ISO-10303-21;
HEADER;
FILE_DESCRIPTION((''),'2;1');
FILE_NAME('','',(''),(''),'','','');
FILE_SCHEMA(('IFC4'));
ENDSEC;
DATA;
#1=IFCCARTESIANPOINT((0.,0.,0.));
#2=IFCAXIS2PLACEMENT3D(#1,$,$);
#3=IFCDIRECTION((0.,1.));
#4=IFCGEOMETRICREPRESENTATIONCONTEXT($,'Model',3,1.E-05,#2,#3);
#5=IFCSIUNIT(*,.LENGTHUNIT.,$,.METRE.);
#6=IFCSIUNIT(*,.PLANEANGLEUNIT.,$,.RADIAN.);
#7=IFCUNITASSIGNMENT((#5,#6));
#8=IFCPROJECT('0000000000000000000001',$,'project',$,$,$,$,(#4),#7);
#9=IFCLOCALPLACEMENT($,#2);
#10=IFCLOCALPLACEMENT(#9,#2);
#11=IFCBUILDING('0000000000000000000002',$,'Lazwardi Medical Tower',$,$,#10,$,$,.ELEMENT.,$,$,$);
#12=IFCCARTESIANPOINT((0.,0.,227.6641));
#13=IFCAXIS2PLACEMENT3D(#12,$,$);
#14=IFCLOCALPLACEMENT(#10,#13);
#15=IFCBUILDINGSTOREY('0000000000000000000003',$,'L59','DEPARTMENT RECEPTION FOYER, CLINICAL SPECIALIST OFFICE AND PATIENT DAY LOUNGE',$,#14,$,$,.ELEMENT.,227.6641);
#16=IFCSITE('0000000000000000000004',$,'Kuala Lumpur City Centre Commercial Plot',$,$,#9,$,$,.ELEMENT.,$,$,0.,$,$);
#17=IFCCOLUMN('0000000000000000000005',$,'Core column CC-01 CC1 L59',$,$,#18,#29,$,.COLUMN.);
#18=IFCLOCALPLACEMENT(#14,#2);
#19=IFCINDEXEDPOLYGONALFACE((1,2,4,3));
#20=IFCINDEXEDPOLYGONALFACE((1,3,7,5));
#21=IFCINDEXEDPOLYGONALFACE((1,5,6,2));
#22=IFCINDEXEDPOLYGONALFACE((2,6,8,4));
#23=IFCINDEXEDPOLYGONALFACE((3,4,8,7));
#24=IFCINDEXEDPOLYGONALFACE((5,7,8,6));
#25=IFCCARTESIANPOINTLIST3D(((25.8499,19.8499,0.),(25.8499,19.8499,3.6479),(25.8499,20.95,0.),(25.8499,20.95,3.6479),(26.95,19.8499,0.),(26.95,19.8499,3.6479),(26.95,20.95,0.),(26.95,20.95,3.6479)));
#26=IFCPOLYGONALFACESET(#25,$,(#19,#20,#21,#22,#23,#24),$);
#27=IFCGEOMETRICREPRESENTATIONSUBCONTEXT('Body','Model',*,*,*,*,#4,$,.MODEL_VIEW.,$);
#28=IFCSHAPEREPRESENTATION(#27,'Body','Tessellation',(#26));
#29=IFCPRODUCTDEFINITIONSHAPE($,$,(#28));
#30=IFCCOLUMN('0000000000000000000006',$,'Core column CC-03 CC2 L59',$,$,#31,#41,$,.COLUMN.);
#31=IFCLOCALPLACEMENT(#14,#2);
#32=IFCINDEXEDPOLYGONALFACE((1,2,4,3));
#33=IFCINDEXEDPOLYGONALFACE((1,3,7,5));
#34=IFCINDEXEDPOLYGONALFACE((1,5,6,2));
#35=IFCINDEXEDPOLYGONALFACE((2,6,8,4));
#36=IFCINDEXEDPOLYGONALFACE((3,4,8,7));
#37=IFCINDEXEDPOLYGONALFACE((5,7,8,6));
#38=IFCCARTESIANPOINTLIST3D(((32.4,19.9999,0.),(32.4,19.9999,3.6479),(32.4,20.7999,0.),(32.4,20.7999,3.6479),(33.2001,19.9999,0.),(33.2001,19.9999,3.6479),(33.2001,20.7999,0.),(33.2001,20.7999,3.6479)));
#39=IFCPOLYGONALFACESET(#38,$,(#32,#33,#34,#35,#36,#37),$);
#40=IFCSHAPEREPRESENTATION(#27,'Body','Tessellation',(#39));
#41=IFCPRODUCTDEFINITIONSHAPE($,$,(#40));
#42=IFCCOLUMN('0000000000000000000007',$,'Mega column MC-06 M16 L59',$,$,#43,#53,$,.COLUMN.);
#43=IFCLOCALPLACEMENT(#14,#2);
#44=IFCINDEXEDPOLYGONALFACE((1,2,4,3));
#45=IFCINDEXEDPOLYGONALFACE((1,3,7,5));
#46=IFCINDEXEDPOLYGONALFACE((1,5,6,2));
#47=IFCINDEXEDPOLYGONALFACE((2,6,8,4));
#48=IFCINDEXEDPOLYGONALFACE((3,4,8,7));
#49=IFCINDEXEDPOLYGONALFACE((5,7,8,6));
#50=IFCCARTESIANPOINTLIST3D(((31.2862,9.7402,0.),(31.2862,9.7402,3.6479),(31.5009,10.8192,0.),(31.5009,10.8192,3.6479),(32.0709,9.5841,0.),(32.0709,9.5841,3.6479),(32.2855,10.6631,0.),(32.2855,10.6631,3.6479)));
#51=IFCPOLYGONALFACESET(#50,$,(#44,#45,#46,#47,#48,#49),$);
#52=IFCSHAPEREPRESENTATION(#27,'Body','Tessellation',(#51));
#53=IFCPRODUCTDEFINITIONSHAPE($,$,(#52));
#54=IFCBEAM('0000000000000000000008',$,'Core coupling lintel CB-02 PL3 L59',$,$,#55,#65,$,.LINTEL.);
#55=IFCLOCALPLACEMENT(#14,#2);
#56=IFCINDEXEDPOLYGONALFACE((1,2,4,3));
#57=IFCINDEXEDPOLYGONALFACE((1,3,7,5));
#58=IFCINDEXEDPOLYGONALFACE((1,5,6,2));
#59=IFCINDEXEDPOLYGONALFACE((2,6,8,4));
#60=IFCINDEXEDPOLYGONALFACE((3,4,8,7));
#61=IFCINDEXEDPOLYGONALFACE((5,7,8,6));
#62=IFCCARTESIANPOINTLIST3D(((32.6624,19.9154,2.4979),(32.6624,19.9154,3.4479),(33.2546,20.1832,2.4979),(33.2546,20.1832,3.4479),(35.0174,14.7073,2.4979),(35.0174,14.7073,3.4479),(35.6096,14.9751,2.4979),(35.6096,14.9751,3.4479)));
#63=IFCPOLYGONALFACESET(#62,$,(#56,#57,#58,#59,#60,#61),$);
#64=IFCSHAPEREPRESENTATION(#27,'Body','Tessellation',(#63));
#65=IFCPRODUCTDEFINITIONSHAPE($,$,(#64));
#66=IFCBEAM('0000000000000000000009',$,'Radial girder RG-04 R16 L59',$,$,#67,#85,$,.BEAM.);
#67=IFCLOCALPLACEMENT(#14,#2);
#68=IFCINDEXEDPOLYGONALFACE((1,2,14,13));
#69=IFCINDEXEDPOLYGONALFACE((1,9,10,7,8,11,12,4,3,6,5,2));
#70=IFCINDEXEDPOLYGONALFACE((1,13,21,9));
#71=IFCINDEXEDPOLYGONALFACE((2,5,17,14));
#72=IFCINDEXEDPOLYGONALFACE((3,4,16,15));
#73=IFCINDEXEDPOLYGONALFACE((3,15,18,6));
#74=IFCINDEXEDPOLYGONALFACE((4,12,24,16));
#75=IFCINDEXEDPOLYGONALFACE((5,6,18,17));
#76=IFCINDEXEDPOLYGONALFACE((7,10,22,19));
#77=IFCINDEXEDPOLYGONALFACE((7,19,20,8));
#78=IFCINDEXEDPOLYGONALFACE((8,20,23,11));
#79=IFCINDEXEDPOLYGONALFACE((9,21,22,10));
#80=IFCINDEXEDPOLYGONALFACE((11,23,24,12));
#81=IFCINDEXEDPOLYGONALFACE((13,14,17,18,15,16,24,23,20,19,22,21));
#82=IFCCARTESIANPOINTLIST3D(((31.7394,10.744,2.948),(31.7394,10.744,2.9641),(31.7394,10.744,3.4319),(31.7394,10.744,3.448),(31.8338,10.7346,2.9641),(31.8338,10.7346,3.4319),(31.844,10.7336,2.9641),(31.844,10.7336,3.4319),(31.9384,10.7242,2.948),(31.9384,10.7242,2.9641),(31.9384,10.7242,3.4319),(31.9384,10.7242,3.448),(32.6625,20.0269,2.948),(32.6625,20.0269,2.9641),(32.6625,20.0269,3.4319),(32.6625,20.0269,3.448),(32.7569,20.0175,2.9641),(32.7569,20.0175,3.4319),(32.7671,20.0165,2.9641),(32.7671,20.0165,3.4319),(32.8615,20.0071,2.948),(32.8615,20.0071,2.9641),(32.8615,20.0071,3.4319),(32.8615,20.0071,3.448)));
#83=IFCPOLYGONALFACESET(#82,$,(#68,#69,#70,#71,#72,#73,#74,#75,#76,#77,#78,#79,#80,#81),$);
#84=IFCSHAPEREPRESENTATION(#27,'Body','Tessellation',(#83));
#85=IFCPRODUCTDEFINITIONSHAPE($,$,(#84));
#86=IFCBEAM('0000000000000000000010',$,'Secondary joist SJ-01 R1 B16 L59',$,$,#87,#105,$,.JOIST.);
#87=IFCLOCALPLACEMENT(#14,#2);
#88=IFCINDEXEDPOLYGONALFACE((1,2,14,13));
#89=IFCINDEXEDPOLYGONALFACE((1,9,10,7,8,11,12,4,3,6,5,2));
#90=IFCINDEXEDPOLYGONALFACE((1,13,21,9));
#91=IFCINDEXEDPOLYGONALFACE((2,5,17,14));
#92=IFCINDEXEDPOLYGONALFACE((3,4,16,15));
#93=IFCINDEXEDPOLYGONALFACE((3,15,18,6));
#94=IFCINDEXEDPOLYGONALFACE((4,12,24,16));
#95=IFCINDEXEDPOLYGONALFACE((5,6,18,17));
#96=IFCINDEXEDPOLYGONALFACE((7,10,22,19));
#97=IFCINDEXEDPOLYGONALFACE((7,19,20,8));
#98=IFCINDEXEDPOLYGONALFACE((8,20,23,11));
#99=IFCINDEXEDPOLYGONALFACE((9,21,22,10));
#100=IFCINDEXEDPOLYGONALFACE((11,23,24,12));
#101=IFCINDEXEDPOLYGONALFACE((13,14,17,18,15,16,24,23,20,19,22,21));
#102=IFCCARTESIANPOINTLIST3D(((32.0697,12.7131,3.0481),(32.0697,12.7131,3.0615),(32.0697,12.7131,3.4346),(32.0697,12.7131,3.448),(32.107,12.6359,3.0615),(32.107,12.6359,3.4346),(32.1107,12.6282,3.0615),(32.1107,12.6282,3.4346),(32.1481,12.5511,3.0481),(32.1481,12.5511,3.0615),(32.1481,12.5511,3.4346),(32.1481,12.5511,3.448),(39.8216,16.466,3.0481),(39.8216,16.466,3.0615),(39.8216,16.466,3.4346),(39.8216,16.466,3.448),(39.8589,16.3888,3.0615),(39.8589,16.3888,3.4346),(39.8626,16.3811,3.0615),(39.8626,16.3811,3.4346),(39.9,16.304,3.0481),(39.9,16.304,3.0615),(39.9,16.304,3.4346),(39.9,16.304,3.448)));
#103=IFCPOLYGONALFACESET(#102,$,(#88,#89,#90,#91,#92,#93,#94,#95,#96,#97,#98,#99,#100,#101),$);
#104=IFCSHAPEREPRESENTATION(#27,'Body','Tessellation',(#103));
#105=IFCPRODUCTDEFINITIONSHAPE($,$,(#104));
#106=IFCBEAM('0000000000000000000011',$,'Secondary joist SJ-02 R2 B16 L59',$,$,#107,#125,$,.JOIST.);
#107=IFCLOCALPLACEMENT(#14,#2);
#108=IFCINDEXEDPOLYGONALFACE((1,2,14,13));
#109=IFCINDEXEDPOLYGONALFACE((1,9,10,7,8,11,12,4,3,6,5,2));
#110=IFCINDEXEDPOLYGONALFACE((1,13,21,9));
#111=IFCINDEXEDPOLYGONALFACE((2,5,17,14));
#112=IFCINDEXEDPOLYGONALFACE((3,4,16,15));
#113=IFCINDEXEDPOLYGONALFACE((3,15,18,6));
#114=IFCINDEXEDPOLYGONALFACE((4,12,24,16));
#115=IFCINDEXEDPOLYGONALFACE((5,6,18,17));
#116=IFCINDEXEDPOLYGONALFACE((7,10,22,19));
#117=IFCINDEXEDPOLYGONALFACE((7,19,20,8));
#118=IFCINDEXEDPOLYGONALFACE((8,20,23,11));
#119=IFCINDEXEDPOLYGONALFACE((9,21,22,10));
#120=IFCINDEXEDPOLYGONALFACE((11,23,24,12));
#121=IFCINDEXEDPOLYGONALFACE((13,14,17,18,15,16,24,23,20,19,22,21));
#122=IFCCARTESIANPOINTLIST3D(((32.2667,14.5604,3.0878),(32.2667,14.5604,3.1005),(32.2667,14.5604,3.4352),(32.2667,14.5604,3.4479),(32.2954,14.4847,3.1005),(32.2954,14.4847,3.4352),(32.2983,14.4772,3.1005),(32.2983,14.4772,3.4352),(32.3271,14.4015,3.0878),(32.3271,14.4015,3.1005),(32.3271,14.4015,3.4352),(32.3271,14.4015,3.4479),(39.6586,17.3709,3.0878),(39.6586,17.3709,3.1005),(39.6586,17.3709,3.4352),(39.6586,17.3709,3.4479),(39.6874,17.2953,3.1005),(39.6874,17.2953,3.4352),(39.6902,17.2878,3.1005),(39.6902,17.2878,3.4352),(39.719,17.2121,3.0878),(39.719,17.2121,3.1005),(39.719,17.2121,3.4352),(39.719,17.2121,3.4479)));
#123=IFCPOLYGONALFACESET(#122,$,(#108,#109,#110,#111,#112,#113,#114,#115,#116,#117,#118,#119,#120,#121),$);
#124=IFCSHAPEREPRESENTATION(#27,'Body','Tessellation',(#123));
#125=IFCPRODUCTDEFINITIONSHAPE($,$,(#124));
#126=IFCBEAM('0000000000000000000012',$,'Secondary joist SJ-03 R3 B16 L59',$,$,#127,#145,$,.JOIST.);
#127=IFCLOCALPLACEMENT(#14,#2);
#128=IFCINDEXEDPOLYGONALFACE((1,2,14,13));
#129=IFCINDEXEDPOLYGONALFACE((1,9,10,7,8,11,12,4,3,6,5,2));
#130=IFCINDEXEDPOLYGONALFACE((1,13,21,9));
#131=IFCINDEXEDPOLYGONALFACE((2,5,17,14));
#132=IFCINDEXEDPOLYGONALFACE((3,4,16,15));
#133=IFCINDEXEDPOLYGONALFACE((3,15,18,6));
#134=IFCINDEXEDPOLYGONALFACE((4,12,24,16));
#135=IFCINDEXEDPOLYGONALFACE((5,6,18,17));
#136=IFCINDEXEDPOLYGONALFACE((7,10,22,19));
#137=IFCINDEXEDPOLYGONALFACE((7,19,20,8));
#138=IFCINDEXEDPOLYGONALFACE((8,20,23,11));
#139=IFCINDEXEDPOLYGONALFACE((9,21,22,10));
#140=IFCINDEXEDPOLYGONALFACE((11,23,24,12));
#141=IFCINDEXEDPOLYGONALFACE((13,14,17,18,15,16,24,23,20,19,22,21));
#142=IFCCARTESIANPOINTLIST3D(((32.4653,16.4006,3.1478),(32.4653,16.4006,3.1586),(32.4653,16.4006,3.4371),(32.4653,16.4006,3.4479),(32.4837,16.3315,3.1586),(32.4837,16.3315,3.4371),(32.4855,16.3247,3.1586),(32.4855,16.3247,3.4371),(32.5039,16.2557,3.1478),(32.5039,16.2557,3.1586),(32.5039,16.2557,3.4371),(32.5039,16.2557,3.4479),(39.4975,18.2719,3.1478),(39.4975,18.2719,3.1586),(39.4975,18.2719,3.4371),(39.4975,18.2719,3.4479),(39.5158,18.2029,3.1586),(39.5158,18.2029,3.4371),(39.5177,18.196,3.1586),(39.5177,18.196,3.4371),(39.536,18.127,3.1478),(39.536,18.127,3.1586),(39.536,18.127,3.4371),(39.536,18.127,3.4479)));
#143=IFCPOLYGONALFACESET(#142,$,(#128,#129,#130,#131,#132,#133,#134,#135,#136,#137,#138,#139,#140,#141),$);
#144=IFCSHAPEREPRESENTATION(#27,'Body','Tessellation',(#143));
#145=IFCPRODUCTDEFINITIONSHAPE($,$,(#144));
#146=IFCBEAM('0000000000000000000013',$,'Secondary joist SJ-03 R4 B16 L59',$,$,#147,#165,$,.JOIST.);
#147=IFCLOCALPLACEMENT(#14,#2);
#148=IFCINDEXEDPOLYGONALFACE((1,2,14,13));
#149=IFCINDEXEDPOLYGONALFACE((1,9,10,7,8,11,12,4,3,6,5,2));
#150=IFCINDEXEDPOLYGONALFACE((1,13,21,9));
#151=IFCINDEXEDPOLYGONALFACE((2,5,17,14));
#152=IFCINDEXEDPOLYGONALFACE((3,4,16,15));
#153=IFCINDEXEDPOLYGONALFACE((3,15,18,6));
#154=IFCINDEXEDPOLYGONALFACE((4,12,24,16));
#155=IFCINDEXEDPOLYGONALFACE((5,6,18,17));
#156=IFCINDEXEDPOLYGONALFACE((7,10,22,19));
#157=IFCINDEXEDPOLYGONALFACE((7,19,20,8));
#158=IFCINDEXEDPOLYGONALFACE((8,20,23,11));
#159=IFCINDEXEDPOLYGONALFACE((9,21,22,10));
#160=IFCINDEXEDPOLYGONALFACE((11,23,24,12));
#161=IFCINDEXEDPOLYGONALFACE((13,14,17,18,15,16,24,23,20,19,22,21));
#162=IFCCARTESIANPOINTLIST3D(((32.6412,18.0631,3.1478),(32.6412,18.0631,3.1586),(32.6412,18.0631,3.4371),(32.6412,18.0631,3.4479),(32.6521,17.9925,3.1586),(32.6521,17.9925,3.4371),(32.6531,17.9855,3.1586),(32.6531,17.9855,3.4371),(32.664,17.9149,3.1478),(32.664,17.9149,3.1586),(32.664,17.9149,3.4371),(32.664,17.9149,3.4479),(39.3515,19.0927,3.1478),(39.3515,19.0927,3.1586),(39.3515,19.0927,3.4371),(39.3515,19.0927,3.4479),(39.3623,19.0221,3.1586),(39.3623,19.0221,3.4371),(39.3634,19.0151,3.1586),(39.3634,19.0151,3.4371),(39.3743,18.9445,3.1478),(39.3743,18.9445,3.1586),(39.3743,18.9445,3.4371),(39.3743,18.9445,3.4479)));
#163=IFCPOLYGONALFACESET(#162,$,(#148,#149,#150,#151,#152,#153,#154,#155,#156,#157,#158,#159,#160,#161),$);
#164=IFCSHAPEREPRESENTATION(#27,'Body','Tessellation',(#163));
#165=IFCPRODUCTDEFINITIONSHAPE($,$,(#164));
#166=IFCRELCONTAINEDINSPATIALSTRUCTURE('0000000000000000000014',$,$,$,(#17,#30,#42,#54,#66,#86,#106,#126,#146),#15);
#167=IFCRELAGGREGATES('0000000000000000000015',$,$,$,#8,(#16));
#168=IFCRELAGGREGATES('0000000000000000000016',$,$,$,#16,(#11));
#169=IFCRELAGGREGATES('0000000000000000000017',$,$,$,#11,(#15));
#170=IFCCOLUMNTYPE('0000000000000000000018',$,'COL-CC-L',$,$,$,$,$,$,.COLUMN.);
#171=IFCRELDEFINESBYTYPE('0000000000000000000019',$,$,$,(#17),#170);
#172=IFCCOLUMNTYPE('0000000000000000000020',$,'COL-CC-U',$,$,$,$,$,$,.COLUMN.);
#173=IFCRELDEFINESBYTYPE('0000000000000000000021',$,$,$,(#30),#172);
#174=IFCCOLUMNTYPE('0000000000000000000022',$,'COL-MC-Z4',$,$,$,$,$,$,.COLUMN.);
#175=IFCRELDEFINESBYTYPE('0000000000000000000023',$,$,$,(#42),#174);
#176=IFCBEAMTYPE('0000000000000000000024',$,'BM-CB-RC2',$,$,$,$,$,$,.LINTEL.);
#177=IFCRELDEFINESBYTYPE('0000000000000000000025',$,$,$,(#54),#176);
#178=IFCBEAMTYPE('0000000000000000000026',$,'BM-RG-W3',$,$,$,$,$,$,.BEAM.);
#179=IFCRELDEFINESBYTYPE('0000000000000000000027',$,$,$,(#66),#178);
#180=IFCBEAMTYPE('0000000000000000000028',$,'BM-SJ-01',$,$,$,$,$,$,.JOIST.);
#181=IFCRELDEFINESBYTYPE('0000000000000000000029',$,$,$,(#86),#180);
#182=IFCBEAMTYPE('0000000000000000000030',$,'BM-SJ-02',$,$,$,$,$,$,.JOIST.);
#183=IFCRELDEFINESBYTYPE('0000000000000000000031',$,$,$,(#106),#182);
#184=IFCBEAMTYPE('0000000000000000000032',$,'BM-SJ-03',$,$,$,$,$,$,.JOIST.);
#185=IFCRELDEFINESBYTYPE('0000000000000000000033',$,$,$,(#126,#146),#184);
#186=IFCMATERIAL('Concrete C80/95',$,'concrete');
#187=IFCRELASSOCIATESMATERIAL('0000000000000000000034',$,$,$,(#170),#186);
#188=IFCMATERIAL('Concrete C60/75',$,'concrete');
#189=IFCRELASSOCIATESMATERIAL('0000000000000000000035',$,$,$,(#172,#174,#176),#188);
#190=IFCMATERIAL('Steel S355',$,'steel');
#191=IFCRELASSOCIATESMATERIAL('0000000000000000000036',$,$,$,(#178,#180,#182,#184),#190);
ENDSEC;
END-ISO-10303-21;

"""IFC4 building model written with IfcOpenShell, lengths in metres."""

from ifc_helpers import new_model, si_unit, direction, frame, origin, origin_2d, place, context, subcontext, project, spatial, rectangle, i_section, extrude, material, material_profile, profile_set, type_object, element, save


model = new_model("IFC4")

# Units and contexts
model_context = context("Model", 3, precision=1e-05, world=origin(), true_north=direction((0.0, 1.0)))
body_context = subcontext(model_context, "Body", "Model", "MODEL_VIEW")
ifc_project = project(units=[si_unit("LENGTHUNIT", "METRE"), si_unit("PLANEANGLEUNIT", "RADIAN")], contexts=[model_context])

# Site, building, storey
site_placement = place(None, origin())
site = spatial("IfcSite", under=ifc_project, at=site_placement, Name="Kuala Lumpur City Centre Commercial Plot", CompositionType="ELEMENT", RefElevation=0.0)
building_placement = place(site_placement, origin())
building = spatial("IfcBuilding", under=site, at=building_placement, Name="Lazwardi Medical Tower", CompositionType="ELEMENT")
storey_placement = place(building_placement, frame((0.0, 0.0, 227.6641)))
storey = spatial("IfcBuildingStorey", under=building, at=storey_placement, Name="L59", Description="DEPARTMENT RECEPTION FOYER, CLINICAL SPECIALIST OFFICE AND PATIENT DAY LOUNGE", CompositionType="ELEMENT", Elevation=227.6641)

# Columns
ifc_material_1 = material(Name="Concrete C80/95", Category="concrete")
ifc_material_profile_1 = material_profile(ifc_material_1, rectangle(XDim=1.1001, YDim=1.1001, at=origin_2d()), Name="RC 1100x1100")
ifc_profile_set_1 = profile_set([ifc_material_profile_1], Name="Concrete C80/95")
column_type_1 = type_object("IfcColumnType", Name="COL-CC-L", PredefinedType="COLUMN", material=ifc_profile_set_1)
column_1_placement = place(storey_placement, frame((26.3999, 20.3999, 0.0), z_axis=(0.0, 0.0, 1.0), x_axis=(1.0, 0.0, 0.0)))
element("IfcColumn", 1, at=column_1_placement, inside=storey, type_object=column_type_1, Name="Core column CC-01 CC1 L59", PredefinedType="COLUMN", context=body_context, shape_type="SweptSolid", body=[
    extrude(rectangle(XDim=1.1001, YDim=1.1001, at=origin_2d()), origin(), (0.0, 0.0, 1.0), 3.6479),
])
ifc_material_2 = material(Name="Concrete C60/75", Category="concrete")
ifc_material_profile_2 = material_profile(ifc_material_2, rectangle(XDim=0.8, YDim=0.8, at=origin_2d()), Name="RC 800x800")
ifc_profile_set_2 = profile_set([ifc_material_profile_2], Name="Concrete C60/75")
column_type_2 = type_object("IfcColumnType", Name="COL-CC-U", PredefinedType="COLUMN", material=ifc_profile_set_2)
column_2_placement = place(storey_placement, frame((32.8, 20.3999, 0.0), z_axis=(0.0, 0.0, 1.0), x_axis=(1.0, 0.0, 0.0)))
element("IfcColumn", 2, at=column_2_placement, inside=storey, type_object=column_type_2, Name="Core column CC-03 CC2 L59", PredefinedType="COLUMN", context=body_context, shape_type="SweptSolid", body=[
    extrude(rectangle(XDim=0.8, YDim=0.8, at=origin_2d()), origin(), (0.0, 0.0, 1.0), 3.6479),
])
ifc_material_profile_3 = material_profile(ifc_material_2, rectangle(XDim=1.1001, YDim=0.8, at=origin_2d()), Name="CFT-RECT 1100x800")
ifc_profile_set_3 = profile_set([ifc_material_profile_3], Name="Concrete C60/75")
column_type_3 = type_object("IfcColumnType", Name="COL-MC-Z4", PredefinedType="COLUMN", material=ifc_profile_set_3)
column_3_placement = place(storey_placement, frame((31.7859, 10.2017, 0.0), z_axis=(0.0, 0.0, 1.0), x_axis=(-0.19509, -0.980785, 0.0)))
element("IfcColumn", 3, at=column_3_placement, inside=storey, type_object=column_type_3, Name="Mega column MC-06 M16 L59", PredefinedType="COLUMN", context=body_context, shape_type="SweptSolid", body=[
    extrude(rectangle(XDim=1.1001, YDim=0.8, at=origin_2d()), origin(), (0.0, 0.0, 1.0), 3.6479),
])

# Beams
ifc_material_profile_4 = material_profile(ifc_material_2, rectangle(XDim=0.6499, YDim=0.95, at=origin_2d()), Name="RC 650x950")
ifc_profile_set_4 = profile_set([ifc_material_profile_4], Name="Concrete C60/75")
beam_type_1 = type_object("IfcBeamType", Name="BM-CB-RC2", PredefinedType="LINTEL", material=ifc_profile_set_4)
beam_1_placement = place(storey_placement, frame((32.9585, 20.0493, 2.9729), z_axis=(0.412019, -0.911175, 0.0), x_axis=(0.911175, 0.412019, 0.0)))
element("IfcBeam", 4, at=beam_1_placement, inside=storey, type_object=beam_type_1, Name="Core coupling lintel CB-02 PL3 L59", PredefinedType="LINTEL", context=body_context, shape_type="SweptSolid", body=[
    extrude(rectangle(XDim=0.6499, YDim=0.95, at=origin_2d()), origin(), (0.0, 0.0, 1.0), 5.7158),
])
ifc_material_3 = material(Name="Steel S355", Category="steel")
ifc_material_profile_5 = material_profile(ifc_material_3, i_section(OverallWidth=0.2, OverallDepth=0.5, WebThickness=0.0103, FlangeThickness=0.0161, at=origin_2d()), Name="IPE 500")
ifc_profile_set_5 = profile_set([ifc_material_profile_5], Name="Steel S355")
beam_type_2 = type_object("IfcBeamType", Name="BM-RG-W3", PredefinedType="BEAM", material=ifc_profile_set_5)
beam_2_placement = place(storey_placement, frame((31.8389, 10.7341, 3.198), z_axis=(0.098954, 0.995092, 0.0), x_axis=(-0.995092, 0.098954, 0.0)))
element("IfcBeam", 5, at=beam_2_placement, inside=storey, type_object=beam_type_2, Name="Radial girder RG-04 R16 L59", PredefinedType="BEAM", context=body_context, shape_type="SweptSolid", body=[
    extrude(i_section(OverallWidth=0.2, OverallDepth=0.5, WebThickness=0.0103, FlangeThickness=0.0161, at=origin_2d()), origin(), (0.0, 0.0, 1.0), 9.3286),
])
ifc_material_profile_6 = material_profile(ifc_material_3, i_section(OverallWidth=0.1799, OverallDepth=0.3999, WebThickness=0.0085, FlangeThickness=0.0134, at=origin_2d()), Name="IPE 400")
ifc_profile_set_6 = profile_set([ifc_material_profile_6], Name="Steel S355")
beam_type_3 = type_object("IfcBeamType", Name="BM-SJ-01", PredefinedType="JOIST", material=ifc_profile_set_6)
beam_3_placement = place(storey_placement, frame((32.1089, 12.6321, 3.248), z_axis=(0.900069, 0.435748, 0.0), x_axis=(-0.435748, 0.900069, 0.0)))
element("IfcBeam", 6, at=beam_3_placement, inside=storey, type_object=beam_type_3, Name="Secondary joist SJ-01 R1 B16 L59", PredefinedType="JOIST", context=body_context, shape_type="SweptSolid", body=[
    extrude(i_section(OverallWidth=0.1799, OverallDepth=0.3999, WebThickness=0.0085, FlangeThickness=0.0134, at=origin_2d()), origin(), (0.0, 0.0, 1.0), 8.6125),
])
ifc_material_profile_7 = material_profile(ifc_material_3, i_section(OverallWidth=0.1699, OverallDepth=0.3601, WebThickness=0.0081, FlangeThickness=0.0127, at=origin_2d()), Name="IPE 360")
ifc_profile_set_7 = profile_set([ifc_material_profile_7], Name="Steel S355")
beam_type_4 = type_object("IfcBeamType", Name="BM-SJ-02", PredefinedType="JOIST", material=ifc_profile_set_7)
beam_4_placement = place(storey_placement, frame((32.2969, 14.481, 3.2678), z_axis=(0.934714, 0.3554, 0.0), x_axis=(-0.3554, 0.934714, 0.0)))
element("IfcBeam", 7, at=beam_4_placement, inside=storey, type_object=beam_type_4, Name="Secondary joist SJ-02 R2 B16 L59", PredefinedType="JOIST", context=body_context, shape_type="SweptSolid", body=[
    extrude(i_section(OverallWidth=0.1699, OverallDepth=0.3601, WebThickness=0.0081, FlangeThickness=0.0127, at=origin_2d()), origin(), (0.0, 0.0, 1.0), 7.9082),
])
ifc_material_profile_8 = material_profile(ifc_material_3, i_section(OverallWidth=0.1499, OverallDepth=0.3, WebThickness=0.0071, FlangeThickness=0.0107, at=origin_2d()), Name="IPE 300")
ifc_profile_set_8 = profile_set([ifc_material_profile_8], Name="Steel S355")
beam_type_5 = type_object("IfcBeamType", Name="BM-SJ-03", PredefinedType="JOIST", material=ifc_profile_set_8)
beam_5_placement = place(storey_placement, frame((32.4846, 16.3281, 3.2979), z_axis=(0.966369, 0.257159, 0.0), x_axis=(-0.257159, 0.966369, 0.0)))
element("IfcBeam", 8, at=beam_5_placement, inside=storey, type_object=beam_type_5, Name="Secondary joist SJ-03 R3 B16 L59", PredefinedType="JOIST", context=body_context, shape_type="SweptSolid", body=[
    extrude(i_section(OverallWidth=0.1499, OverallDepth=0.3, WebThickness=0.0071, FlangeThickness=0.0107, at=origin_2d()), origin(), (0.0, 0.0, 1.0), 7.2769),
])
beam_6_placement = place(storey_placement, frame((32.6526, 17.989, 3.2979), z_axis=(0.988434, 0.151655, 0.0), x_axis=(-0.151655, 0.988434, 0.0)))
element("IfcBeam", 9, at=beam_6_placement, inside=storey, type_object=beam_type_5, Name="Secondary joist SJ-03 R4 B16 L59", PredefinedType="JOIST", context=body_context, shape_type="SweptSolid", body=[
    extrude(i_section(OverallWidth=0.1499, OverallDepth=0.3, WebThickness=0.0071, FlangeThickness=0.0107, at=origin_2d()), origin(), (0.0, 0.0, 1.0), 6.7888),
])

save(model, "model.ifc")
